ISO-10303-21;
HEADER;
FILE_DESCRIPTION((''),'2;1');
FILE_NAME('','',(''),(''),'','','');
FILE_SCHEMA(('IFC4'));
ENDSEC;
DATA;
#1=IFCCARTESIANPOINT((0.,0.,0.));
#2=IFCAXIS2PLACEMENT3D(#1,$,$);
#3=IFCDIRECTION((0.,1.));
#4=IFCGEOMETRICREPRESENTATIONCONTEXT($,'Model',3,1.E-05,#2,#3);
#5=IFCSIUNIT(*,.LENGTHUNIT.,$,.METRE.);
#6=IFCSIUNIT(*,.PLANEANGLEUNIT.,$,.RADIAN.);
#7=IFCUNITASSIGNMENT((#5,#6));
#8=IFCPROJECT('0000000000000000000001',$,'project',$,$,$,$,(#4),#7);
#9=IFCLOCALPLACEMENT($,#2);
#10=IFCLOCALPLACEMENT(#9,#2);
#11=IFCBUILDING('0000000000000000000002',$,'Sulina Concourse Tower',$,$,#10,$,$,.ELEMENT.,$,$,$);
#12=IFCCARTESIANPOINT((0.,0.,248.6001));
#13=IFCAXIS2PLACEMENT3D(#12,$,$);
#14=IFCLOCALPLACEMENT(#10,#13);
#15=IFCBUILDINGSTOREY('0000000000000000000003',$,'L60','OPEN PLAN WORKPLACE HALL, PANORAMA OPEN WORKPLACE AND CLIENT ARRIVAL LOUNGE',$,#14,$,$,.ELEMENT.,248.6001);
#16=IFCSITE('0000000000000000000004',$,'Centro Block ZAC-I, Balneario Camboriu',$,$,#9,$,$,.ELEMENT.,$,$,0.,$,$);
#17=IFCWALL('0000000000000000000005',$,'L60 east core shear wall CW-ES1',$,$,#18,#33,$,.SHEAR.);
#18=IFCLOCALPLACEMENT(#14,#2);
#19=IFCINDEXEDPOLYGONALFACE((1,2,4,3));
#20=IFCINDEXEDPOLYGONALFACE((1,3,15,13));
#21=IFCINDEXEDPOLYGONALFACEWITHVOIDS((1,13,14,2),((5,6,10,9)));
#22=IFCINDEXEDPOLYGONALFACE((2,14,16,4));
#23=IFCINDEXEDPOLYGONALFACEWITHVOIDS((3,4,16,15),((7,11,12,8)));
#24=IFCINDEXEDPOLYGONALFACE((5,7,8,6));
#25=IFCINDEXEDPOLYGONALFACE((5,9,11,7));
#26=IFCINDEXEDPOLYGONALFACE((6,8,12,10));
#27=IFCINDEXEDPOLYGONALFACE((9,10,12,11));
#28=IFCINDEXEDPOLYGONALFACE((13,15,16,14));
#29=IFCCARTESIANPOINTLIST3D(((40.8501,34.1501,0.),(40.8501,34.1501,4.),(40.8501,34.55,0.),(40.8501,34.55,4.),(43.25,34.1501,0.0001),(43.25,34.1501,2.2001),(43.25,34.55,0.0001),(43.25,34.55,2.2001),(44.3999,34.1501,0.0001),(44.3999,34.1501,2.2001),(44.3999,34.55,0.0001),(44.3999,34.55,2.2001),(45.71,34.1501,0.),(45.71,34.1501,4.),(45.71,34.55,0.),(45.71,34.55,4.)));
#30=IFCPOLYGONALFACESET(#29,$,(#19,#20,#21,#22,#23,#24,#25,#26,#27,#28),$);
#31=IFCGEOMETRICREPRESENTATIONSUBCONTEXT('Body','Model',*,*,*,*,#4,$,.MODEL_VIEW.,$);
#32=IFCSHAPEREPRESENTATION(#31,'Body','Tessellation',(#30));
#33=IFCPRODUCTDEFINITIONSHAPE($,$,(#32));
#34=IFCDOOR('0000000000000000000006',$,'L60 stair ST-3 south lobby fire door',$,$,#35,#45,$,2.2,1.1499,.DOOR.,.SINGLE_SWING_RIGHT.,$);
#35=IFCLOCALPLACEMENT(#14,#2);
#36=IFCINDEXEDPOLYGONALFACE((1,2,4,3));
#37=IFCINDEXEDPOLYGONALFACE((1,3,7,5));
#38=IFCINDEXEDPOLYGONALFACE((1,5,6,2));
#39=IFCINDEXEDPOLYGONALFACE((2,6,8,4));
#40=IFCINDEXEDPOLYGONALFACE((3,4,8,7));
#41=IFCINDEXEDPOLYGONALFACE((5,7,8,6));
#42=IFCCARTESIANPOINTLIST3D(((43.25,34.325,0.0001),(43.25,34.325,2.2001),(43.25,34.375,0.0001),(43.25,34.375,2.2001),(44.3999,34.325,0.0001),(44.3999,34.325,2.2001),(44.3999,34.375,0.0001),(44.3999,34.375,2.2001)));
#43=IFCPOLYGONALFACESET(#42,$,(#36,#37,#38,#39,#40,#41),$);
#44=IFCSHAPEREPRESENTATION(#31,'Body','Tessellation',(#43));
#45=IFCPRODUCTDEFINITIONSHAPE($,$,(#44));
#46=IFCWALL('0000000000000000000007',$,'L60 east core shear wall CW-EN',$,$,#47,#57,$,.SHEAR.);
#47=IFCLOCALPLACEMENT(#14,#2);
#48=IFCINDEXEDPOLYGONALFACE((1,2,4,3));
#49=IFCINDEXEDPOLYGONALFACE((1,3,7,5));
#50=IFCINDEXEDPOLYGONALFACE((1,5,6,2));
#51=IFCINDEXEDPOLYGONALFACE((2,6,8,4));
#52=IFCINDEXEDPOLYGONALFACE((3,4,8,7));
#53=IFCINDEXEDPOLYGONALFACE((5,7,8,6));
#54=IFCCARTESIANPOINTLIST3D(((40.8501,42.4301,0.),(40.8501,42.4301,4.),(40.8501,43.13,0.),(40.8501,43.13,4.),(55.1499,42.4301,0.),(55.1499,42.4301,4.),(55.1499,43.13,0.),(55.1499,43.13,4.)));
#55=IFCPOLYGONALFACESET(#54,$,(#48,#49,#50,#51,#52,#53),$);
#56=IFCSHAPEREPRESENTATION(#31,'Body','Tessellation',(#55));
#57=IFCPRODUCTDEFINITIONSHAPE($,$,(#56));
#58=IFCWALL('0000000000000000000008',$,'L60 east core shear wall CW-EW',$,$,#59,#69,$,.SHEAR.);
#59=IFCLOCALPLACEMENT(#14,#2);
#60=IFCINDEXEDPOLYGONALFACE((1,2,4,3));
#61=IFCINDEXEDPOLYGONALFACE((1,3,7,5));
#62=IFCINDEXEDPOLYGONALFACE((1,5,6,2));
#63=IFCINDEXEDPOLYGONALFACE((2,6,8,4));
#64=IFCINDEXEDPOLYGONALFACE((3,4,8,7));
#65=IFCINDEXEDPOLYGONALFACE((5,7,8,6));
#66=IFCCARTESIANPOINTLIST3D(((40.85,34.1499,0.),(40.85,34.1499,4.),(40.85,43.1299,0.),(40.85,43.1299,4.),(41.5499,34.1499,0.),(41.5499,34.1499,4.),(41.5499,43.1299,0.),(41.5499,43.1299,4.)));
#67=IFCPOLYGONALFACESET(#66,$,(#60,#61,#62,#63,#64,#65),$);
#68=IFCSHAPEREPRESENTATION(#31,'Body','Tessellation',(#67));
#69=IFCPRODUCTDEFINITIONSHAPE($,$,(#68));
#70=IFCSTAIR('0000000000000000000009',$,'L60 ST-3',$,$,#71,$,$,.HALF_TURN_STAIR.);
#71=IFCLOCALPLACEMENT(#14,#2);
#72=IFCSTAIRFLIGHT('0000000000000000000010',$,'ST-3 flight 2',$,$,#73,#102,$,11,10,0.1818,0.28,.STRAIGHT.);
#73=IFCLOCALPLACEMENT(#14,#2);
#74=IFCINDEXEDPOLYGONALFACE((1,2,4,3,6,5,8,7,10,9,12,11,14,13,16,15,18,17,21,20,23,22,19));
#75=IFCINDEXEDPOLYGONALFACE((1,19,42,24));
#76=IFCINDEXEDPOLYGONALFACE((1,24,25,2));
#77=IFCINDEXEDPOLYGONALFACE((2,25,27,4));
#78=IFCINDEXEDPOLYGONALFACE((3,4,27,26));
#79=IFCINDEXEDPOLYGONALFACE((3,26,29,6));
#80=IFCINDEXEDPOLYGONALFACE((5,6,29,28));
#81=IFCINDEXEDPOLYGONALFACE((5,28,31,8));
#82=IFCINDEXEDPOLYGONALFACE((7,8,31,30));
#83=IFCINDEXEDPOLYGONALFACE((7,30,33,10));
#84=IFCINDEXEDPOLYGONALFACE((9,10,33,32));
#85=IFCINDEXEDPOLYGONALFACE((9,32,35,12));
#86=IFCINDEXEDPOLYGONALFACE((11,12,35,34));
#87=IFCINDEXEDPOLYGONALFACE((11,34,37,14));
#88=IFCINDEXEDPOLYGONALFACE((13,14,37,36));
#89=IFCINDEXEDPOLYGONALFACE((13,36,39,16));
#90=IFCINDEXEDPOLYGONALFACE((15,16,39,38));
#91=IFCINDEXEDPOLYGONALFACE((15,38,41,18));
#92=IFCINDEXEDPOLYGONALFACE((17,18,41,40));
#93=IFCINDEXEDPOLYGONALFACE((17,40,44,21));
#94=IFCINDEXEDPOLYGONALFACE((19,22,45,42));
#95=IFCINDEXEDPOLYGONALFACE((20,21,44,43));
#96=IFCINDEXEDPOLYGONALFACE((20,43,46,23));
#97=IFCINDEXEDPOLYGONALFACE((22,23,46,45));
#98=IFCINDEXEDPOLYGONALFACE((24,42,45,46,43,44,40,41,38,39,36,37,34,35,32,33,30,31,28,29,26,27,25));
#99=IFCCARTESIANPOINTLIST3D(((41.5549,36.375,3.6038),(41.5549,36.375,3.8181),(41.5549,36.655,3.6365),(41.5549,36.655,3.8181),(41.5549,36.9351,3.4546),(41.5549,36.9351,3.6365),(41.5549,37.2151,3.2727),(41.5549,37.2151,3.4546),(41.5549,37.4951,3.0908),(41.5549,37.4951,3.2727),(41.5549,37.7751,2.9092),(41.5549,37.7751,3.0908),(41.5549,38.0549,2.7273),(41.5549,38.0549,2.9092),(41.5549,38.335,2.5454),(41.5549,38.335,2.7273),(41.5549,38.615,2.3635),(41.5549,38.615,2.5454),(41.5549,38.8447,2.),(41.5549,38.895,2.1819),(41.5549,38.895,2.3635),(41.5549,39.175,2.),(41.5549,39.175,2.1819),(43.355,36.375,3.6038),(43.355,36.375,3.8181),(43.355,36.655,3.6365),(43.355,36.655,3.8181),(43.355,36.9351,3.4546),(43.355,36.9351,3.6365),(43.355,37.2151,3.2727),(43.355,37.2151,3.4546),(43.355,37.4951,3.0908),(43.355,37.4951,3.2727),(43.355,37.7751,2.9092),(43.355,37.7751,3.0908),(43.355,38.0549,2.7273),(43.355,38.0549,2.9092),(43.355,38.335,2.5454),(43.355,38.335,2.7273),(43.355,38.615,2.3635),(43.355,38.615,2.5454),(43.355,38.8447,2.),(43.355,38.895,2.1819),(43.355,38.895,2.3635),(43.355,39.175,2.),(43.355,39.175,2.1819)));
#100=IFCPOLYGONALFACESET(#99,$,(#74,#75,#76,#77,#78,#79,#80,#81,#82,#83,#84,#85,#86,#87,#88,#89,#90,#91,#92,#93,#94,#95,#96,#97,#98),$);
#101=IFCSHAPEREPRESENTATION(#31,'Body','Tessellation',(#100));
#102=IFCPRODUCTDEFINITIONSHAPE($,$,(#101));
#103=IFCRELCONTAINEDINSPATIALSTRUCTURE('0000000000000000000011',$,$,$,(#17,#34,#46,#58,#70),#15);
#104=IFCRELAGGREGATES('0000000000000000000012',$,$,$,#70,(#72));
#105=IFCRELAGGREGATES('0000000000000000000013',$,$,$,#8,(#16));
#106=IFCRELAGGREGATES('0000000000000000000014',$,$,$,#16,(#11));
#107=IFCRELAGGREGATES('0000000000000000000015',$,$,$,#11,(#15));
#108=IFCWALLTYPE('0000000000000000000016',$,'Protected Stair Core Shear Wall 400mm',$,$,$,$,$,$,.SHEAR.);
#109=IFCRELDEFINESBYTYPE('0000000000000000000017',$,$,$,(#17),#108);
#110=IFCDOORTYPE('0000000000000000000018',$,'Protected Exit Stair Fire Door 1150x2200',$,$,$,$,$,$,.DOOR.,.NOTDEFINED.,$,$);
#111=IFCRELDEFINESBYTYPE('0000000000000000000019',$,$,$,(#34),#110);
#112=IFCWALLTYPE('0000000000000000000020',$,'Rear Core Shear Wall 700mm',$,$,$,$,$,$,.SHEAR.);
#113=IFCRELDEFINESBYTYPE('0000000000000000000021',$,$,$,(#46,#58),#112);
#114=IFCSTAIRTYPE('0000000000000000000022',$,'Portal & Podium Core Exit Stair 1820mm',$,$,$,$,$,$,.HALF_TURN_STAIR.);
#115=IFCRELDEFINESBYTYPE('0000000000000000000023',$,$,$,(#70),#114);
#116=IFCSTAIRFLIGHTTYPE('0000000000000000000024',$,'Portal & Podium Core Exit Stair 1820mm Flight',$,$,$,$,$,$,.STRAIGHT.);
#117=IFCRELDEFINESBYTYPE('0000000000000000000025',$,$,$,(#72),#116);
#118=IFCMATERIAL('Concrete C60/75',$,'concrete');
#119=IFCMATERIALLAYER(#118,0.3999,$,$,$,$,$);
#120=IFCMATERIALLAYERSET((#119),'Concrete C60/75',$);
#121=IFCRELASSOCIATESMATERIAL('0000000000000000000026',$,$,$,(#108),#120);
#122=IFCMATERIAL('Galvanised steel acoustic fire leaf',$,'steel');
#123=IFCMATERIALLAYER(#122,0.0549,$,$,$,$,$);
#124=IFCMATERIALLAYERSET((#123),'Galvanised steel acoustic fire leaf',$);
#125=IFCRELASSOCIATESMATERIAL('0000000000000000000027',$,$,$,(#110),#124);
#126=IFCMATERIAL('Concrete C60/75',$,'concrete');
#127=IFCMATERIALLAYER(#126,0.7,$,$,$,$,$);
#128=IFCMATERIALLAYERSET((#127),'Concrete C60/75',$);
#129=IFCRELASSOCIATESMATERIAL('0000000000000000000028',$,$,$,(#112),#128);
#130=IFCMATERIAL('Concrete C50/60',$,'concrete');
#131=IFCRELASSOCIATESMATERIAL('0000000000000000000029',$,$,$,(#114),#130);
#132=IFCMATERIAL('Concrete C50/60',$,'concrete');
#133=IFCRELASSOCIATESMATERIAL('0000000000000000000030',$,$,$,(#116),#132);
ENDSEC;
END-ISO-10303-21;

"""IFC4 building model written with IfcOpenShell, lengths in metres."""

from ifc_helpers import new_model, si_unit, direction, frame, frame_2d, origin, place, context, subcontext, project, spatial, polyline, rectangle, outline, extrude, material, layer, layer_set, type_object, element, fill, aggregate, save


model = new_model("IFC4")

# Units and contexts
model_context = context("Model", 3, precision=1e-05, world=origin(), true_north=direction((0.0, 1.0)))
body_context = subcontext(model_context, "Body", "Model", "MODEL_VIEW")
ifc_project = project(units=[si_unit("LENGTHUNIT", "METRE"), si_unit("PLANEANGLEUNIT", "RADIAN")], contexts=[model_context])

# Site, building, storey
site_placement = place(None, origin())
site = spatial("IfcSite", under=ifc_project, at=site_placement, Name="Centro Block ZAC-I, Balneario Camboriu", CompositionType="ELEMENT", RefElevation=0.0)
building_placement = place(site_placement, origin())
building = spatial("IfcBuilding", under=site, at=building_placement, Name="Sulina Concourse Tower", CompositionType="ELEMENT")
storey_placement = place(building_placement, frame((0.0, 0.0, 248.6001)))
storey = spatial("IfcBuildingStorey", under=building, at=storey_placement, Name="L60", Description="OPEN PLAN WORKPLACE HALL, PANORAMA OPEN WORKPLACE AND CLIENT ARRIVAL LOUNGE", CompositionType="ELEMENT", Elevation=248.6001)

# Wall, opening, door
ifc_material_1 = material(Name="Concrete C60/75", Category="concrete")
ifc_layer_1 = layer(ifc_material_1, 0.3999)
ifc_layer_set_1 = layer_set([ifc_layer_1], Name="Concrete C60/75")
wall_type_1 = type_object("IfcWallType", Name="Protected Stair Core Shear Wall 400mm", PredefinedType="SHEAR", material=ifc_layer_set_1)
wall_1_placement = place(storey_placement, frame((40.8501, 34.3501, 0.0), z_axis=(0.0, 0.0, 1.0), x_axis=(1.0, 0.0, 0.0)))
wall_1 = element("IfcWall", 1, at=wall_1_placement, inside=storey, type_object=wall_type_1, Name="L60 east core shear wall CW-ES1", PredefinedType="SHEAR", context=body_context, shape_type="SweptSolid", body=[
    extrude(rectangle(XDim=4.8599, YDim=0.3999, at=frame_2d((2.4299, 0.0))), origin(), (0.0, 0.0, 1.0), 4.0),
])
opening_placement = place(wall_1_placement, frame((2.3999, 0.0, 0.0)))
opening = element("IfcOpeningElement", 2, at=opening_placement, cuts=wall_1, PredefinedType="OPENING", context=body_context, shape_type="SweptSolid", body=[
    extrude(rectangle(XDim=1.1499, YDim=2.2, at=frame_2d((0.575, 1.1001))), frame((0.0, 0.21, 0.0), z_axis=(0.0, -1.0, 0.0), x_axis=(1.0, 0.0, 0.0)), (0.0, 0.0, 1.0), 0.4199),
])
ifc_material_2 = material(Name="Galvanised steel acoustic fire leaf", Category="steel")
ifc_layer_2 = layer(ifc_material_2, 0.0549)
ifc_layer_set_2 = layer_set([ifc_layer_2], Name="Galvanised steel acoustic fire leaf")
door_type = type_object("IfcDoorType", Name="Protected Exit Stair Fire Door 1150x2200", OperationType="NOTDEFINED", PredefinedType="DOOR", material=ifc_layer_set_2)
door_placement = place(opening_placement, origin())
door = element("IfcDoor", 3, at=door_placement, inside=storey, type_object=door_type, Name="L60 stair ST-3 south lobby fire door", OperationType="SINGLE_SWING_RIGHT", OverallHeight=2.2, OverallWidth=1.1499, PredefinedType="DOOR", context=body_context, shape_type="SweptSolid", body=[
    extrude(rectangle(XDim=1.1499, YDim=2.2, at=frame_2d((0.575, 1.1001))), frame((0.0, 0.0249, 0.0), z_axis=(0.0, -1.0, 0.0), x_axis=(1.0, 0.0, 0.0)), (0.0, 0.0, 1.0), 0.05),
])
fill(opening, door)

# Walls
ifc_material_3 = material(Name="Concrete C60/75", Category="concrete")
ifc_layer_3 = layer(ifc_material_3, 0.7)
ifc_layer_set_3 = layer_set([ifc_layer_3], Name="Concrete C60/75")
wall_type_2 = type_object("IfcWallType", Name="Rear Core Shear Wall 700mm", PredefinedType="SHEAR", material=ifc_layer_set_3)
wall_2_placement = place(storey_placement, frame((40.8501, 42.78, 0.0), z_axis=(0.0, 0.0, 1.0), x_axis=(1.0, 0.0, 0.0)))
element("IfcWall", 4, at=wall_2_placement, inside=storey, type_object=wall_type_2, Name="L60 east core shear wall CW-EN", PredefinedType="SHEAR", context=body_context, shape_type="SweptSolid", body=[
    extrude(rectangle(XDim=14.2998, YDim=0.7, at=frame_2d((7.1499, 0.0))), origin(), (0.0, 0.0, 1.0), 4.0),
])
wall_3_placement = place(storey_placement, frame((41.2, 34.1499, 0.0), z_axis=(0.0, 0.0, 1.0), x_axis=(0.0, 1.0, 0.0)))
element("IfcWall", 5, at=wall_3_placement, inside=storey, type_object=wall_type_2, Name="L60 east core shear wall CW-EW", PredefinedType="SHEAR", context=body_context, shape_type="SweptSolid", body=[
    extrude(rectangle(XDim=8.98, YDim=0.7, at=frame_2d((4.49, 0.0))), origin(), (0.0, 0.0, 1.0), 4.0),
])

# Stair, stair flight
ifc_material_4 = material(Name="Concrete C50/60", Category="concrete")
stair_type = type_object("IfcStairType", Name="Portal & Podium Core Exit Stair 1820mm", PredefinedType="HALF_TURN_STAIR", material=ifc_material_4)
stair_placement = place(storey_placement, origin())
stair = element("IfcStair", 6, at=stair_placement, inside=storey, type_object=stair_type, Name="L60 ST-3", PredefinedType="HALF_TURN_STAIR")
ifc_material_5 = material(Name="Concrete C50/60", Category="concrete")
stair_flight_type = type_object("IfcStairFlightType", Name="Portal & Podium Core Exit Stair 1820mm Flight", PredefinedType="STRAIGHT", material=ifc_material_5)
stair_flight_placement = place(storey_placement, frame((42.4551, 39.175, 2.0), z_axis=(0.0, 0.0, 1.0), x_axis=(0.0, -1.0, 0.0)))
stair_flight = element("IfcStairFlight", 7, at=stair_flight_placement, type_object=stair_flight_type, Name="ST-3 flight 2", NumberOfRisers=11, NumberOfTreads=10, PredefinedType="STRAIGHT", RiserHeight=0.1818, TreadLength=0.28, context=body_context, shape_type="SweptSolid", body=[
    extrude(outline(polyline([(0.0, 0.0), (0.0, 0.1819), (0.28, 0.1819), (0.28, 0.3635), (0.5601, 0.3635), (0.5601, 0.5454), (0.8401, 0.5454), (0.8401, 0.7273), (1.1201, 0.7273), (1.1201, 0.9092), (1.3999, 0.9092), (1.3999, 1.0908), (1.6799, 1.0908), (1.6799, 1.2727), (1.96, 1.2727), (1.96, 1.4546), (2.24, 1.4546), (2.24, 1.6365), (2.52, 1.6365), (2.52, 1.8181), (2.8, 1.8181), (2.8, 2.0), (2.8, 1.6038), (0.3303, 0.0), (0.0, 0.0)])), frame((0.0, 0.8999, 0.0), z_axis=(0.0, -1.0, 0.0), x_axis=(1.0, 0.0, 0.0)), (0.0, 0.0, 1.0), 1.8),
])
aggregate(stair, [stair_flight])

save(model, "model.ifc")
